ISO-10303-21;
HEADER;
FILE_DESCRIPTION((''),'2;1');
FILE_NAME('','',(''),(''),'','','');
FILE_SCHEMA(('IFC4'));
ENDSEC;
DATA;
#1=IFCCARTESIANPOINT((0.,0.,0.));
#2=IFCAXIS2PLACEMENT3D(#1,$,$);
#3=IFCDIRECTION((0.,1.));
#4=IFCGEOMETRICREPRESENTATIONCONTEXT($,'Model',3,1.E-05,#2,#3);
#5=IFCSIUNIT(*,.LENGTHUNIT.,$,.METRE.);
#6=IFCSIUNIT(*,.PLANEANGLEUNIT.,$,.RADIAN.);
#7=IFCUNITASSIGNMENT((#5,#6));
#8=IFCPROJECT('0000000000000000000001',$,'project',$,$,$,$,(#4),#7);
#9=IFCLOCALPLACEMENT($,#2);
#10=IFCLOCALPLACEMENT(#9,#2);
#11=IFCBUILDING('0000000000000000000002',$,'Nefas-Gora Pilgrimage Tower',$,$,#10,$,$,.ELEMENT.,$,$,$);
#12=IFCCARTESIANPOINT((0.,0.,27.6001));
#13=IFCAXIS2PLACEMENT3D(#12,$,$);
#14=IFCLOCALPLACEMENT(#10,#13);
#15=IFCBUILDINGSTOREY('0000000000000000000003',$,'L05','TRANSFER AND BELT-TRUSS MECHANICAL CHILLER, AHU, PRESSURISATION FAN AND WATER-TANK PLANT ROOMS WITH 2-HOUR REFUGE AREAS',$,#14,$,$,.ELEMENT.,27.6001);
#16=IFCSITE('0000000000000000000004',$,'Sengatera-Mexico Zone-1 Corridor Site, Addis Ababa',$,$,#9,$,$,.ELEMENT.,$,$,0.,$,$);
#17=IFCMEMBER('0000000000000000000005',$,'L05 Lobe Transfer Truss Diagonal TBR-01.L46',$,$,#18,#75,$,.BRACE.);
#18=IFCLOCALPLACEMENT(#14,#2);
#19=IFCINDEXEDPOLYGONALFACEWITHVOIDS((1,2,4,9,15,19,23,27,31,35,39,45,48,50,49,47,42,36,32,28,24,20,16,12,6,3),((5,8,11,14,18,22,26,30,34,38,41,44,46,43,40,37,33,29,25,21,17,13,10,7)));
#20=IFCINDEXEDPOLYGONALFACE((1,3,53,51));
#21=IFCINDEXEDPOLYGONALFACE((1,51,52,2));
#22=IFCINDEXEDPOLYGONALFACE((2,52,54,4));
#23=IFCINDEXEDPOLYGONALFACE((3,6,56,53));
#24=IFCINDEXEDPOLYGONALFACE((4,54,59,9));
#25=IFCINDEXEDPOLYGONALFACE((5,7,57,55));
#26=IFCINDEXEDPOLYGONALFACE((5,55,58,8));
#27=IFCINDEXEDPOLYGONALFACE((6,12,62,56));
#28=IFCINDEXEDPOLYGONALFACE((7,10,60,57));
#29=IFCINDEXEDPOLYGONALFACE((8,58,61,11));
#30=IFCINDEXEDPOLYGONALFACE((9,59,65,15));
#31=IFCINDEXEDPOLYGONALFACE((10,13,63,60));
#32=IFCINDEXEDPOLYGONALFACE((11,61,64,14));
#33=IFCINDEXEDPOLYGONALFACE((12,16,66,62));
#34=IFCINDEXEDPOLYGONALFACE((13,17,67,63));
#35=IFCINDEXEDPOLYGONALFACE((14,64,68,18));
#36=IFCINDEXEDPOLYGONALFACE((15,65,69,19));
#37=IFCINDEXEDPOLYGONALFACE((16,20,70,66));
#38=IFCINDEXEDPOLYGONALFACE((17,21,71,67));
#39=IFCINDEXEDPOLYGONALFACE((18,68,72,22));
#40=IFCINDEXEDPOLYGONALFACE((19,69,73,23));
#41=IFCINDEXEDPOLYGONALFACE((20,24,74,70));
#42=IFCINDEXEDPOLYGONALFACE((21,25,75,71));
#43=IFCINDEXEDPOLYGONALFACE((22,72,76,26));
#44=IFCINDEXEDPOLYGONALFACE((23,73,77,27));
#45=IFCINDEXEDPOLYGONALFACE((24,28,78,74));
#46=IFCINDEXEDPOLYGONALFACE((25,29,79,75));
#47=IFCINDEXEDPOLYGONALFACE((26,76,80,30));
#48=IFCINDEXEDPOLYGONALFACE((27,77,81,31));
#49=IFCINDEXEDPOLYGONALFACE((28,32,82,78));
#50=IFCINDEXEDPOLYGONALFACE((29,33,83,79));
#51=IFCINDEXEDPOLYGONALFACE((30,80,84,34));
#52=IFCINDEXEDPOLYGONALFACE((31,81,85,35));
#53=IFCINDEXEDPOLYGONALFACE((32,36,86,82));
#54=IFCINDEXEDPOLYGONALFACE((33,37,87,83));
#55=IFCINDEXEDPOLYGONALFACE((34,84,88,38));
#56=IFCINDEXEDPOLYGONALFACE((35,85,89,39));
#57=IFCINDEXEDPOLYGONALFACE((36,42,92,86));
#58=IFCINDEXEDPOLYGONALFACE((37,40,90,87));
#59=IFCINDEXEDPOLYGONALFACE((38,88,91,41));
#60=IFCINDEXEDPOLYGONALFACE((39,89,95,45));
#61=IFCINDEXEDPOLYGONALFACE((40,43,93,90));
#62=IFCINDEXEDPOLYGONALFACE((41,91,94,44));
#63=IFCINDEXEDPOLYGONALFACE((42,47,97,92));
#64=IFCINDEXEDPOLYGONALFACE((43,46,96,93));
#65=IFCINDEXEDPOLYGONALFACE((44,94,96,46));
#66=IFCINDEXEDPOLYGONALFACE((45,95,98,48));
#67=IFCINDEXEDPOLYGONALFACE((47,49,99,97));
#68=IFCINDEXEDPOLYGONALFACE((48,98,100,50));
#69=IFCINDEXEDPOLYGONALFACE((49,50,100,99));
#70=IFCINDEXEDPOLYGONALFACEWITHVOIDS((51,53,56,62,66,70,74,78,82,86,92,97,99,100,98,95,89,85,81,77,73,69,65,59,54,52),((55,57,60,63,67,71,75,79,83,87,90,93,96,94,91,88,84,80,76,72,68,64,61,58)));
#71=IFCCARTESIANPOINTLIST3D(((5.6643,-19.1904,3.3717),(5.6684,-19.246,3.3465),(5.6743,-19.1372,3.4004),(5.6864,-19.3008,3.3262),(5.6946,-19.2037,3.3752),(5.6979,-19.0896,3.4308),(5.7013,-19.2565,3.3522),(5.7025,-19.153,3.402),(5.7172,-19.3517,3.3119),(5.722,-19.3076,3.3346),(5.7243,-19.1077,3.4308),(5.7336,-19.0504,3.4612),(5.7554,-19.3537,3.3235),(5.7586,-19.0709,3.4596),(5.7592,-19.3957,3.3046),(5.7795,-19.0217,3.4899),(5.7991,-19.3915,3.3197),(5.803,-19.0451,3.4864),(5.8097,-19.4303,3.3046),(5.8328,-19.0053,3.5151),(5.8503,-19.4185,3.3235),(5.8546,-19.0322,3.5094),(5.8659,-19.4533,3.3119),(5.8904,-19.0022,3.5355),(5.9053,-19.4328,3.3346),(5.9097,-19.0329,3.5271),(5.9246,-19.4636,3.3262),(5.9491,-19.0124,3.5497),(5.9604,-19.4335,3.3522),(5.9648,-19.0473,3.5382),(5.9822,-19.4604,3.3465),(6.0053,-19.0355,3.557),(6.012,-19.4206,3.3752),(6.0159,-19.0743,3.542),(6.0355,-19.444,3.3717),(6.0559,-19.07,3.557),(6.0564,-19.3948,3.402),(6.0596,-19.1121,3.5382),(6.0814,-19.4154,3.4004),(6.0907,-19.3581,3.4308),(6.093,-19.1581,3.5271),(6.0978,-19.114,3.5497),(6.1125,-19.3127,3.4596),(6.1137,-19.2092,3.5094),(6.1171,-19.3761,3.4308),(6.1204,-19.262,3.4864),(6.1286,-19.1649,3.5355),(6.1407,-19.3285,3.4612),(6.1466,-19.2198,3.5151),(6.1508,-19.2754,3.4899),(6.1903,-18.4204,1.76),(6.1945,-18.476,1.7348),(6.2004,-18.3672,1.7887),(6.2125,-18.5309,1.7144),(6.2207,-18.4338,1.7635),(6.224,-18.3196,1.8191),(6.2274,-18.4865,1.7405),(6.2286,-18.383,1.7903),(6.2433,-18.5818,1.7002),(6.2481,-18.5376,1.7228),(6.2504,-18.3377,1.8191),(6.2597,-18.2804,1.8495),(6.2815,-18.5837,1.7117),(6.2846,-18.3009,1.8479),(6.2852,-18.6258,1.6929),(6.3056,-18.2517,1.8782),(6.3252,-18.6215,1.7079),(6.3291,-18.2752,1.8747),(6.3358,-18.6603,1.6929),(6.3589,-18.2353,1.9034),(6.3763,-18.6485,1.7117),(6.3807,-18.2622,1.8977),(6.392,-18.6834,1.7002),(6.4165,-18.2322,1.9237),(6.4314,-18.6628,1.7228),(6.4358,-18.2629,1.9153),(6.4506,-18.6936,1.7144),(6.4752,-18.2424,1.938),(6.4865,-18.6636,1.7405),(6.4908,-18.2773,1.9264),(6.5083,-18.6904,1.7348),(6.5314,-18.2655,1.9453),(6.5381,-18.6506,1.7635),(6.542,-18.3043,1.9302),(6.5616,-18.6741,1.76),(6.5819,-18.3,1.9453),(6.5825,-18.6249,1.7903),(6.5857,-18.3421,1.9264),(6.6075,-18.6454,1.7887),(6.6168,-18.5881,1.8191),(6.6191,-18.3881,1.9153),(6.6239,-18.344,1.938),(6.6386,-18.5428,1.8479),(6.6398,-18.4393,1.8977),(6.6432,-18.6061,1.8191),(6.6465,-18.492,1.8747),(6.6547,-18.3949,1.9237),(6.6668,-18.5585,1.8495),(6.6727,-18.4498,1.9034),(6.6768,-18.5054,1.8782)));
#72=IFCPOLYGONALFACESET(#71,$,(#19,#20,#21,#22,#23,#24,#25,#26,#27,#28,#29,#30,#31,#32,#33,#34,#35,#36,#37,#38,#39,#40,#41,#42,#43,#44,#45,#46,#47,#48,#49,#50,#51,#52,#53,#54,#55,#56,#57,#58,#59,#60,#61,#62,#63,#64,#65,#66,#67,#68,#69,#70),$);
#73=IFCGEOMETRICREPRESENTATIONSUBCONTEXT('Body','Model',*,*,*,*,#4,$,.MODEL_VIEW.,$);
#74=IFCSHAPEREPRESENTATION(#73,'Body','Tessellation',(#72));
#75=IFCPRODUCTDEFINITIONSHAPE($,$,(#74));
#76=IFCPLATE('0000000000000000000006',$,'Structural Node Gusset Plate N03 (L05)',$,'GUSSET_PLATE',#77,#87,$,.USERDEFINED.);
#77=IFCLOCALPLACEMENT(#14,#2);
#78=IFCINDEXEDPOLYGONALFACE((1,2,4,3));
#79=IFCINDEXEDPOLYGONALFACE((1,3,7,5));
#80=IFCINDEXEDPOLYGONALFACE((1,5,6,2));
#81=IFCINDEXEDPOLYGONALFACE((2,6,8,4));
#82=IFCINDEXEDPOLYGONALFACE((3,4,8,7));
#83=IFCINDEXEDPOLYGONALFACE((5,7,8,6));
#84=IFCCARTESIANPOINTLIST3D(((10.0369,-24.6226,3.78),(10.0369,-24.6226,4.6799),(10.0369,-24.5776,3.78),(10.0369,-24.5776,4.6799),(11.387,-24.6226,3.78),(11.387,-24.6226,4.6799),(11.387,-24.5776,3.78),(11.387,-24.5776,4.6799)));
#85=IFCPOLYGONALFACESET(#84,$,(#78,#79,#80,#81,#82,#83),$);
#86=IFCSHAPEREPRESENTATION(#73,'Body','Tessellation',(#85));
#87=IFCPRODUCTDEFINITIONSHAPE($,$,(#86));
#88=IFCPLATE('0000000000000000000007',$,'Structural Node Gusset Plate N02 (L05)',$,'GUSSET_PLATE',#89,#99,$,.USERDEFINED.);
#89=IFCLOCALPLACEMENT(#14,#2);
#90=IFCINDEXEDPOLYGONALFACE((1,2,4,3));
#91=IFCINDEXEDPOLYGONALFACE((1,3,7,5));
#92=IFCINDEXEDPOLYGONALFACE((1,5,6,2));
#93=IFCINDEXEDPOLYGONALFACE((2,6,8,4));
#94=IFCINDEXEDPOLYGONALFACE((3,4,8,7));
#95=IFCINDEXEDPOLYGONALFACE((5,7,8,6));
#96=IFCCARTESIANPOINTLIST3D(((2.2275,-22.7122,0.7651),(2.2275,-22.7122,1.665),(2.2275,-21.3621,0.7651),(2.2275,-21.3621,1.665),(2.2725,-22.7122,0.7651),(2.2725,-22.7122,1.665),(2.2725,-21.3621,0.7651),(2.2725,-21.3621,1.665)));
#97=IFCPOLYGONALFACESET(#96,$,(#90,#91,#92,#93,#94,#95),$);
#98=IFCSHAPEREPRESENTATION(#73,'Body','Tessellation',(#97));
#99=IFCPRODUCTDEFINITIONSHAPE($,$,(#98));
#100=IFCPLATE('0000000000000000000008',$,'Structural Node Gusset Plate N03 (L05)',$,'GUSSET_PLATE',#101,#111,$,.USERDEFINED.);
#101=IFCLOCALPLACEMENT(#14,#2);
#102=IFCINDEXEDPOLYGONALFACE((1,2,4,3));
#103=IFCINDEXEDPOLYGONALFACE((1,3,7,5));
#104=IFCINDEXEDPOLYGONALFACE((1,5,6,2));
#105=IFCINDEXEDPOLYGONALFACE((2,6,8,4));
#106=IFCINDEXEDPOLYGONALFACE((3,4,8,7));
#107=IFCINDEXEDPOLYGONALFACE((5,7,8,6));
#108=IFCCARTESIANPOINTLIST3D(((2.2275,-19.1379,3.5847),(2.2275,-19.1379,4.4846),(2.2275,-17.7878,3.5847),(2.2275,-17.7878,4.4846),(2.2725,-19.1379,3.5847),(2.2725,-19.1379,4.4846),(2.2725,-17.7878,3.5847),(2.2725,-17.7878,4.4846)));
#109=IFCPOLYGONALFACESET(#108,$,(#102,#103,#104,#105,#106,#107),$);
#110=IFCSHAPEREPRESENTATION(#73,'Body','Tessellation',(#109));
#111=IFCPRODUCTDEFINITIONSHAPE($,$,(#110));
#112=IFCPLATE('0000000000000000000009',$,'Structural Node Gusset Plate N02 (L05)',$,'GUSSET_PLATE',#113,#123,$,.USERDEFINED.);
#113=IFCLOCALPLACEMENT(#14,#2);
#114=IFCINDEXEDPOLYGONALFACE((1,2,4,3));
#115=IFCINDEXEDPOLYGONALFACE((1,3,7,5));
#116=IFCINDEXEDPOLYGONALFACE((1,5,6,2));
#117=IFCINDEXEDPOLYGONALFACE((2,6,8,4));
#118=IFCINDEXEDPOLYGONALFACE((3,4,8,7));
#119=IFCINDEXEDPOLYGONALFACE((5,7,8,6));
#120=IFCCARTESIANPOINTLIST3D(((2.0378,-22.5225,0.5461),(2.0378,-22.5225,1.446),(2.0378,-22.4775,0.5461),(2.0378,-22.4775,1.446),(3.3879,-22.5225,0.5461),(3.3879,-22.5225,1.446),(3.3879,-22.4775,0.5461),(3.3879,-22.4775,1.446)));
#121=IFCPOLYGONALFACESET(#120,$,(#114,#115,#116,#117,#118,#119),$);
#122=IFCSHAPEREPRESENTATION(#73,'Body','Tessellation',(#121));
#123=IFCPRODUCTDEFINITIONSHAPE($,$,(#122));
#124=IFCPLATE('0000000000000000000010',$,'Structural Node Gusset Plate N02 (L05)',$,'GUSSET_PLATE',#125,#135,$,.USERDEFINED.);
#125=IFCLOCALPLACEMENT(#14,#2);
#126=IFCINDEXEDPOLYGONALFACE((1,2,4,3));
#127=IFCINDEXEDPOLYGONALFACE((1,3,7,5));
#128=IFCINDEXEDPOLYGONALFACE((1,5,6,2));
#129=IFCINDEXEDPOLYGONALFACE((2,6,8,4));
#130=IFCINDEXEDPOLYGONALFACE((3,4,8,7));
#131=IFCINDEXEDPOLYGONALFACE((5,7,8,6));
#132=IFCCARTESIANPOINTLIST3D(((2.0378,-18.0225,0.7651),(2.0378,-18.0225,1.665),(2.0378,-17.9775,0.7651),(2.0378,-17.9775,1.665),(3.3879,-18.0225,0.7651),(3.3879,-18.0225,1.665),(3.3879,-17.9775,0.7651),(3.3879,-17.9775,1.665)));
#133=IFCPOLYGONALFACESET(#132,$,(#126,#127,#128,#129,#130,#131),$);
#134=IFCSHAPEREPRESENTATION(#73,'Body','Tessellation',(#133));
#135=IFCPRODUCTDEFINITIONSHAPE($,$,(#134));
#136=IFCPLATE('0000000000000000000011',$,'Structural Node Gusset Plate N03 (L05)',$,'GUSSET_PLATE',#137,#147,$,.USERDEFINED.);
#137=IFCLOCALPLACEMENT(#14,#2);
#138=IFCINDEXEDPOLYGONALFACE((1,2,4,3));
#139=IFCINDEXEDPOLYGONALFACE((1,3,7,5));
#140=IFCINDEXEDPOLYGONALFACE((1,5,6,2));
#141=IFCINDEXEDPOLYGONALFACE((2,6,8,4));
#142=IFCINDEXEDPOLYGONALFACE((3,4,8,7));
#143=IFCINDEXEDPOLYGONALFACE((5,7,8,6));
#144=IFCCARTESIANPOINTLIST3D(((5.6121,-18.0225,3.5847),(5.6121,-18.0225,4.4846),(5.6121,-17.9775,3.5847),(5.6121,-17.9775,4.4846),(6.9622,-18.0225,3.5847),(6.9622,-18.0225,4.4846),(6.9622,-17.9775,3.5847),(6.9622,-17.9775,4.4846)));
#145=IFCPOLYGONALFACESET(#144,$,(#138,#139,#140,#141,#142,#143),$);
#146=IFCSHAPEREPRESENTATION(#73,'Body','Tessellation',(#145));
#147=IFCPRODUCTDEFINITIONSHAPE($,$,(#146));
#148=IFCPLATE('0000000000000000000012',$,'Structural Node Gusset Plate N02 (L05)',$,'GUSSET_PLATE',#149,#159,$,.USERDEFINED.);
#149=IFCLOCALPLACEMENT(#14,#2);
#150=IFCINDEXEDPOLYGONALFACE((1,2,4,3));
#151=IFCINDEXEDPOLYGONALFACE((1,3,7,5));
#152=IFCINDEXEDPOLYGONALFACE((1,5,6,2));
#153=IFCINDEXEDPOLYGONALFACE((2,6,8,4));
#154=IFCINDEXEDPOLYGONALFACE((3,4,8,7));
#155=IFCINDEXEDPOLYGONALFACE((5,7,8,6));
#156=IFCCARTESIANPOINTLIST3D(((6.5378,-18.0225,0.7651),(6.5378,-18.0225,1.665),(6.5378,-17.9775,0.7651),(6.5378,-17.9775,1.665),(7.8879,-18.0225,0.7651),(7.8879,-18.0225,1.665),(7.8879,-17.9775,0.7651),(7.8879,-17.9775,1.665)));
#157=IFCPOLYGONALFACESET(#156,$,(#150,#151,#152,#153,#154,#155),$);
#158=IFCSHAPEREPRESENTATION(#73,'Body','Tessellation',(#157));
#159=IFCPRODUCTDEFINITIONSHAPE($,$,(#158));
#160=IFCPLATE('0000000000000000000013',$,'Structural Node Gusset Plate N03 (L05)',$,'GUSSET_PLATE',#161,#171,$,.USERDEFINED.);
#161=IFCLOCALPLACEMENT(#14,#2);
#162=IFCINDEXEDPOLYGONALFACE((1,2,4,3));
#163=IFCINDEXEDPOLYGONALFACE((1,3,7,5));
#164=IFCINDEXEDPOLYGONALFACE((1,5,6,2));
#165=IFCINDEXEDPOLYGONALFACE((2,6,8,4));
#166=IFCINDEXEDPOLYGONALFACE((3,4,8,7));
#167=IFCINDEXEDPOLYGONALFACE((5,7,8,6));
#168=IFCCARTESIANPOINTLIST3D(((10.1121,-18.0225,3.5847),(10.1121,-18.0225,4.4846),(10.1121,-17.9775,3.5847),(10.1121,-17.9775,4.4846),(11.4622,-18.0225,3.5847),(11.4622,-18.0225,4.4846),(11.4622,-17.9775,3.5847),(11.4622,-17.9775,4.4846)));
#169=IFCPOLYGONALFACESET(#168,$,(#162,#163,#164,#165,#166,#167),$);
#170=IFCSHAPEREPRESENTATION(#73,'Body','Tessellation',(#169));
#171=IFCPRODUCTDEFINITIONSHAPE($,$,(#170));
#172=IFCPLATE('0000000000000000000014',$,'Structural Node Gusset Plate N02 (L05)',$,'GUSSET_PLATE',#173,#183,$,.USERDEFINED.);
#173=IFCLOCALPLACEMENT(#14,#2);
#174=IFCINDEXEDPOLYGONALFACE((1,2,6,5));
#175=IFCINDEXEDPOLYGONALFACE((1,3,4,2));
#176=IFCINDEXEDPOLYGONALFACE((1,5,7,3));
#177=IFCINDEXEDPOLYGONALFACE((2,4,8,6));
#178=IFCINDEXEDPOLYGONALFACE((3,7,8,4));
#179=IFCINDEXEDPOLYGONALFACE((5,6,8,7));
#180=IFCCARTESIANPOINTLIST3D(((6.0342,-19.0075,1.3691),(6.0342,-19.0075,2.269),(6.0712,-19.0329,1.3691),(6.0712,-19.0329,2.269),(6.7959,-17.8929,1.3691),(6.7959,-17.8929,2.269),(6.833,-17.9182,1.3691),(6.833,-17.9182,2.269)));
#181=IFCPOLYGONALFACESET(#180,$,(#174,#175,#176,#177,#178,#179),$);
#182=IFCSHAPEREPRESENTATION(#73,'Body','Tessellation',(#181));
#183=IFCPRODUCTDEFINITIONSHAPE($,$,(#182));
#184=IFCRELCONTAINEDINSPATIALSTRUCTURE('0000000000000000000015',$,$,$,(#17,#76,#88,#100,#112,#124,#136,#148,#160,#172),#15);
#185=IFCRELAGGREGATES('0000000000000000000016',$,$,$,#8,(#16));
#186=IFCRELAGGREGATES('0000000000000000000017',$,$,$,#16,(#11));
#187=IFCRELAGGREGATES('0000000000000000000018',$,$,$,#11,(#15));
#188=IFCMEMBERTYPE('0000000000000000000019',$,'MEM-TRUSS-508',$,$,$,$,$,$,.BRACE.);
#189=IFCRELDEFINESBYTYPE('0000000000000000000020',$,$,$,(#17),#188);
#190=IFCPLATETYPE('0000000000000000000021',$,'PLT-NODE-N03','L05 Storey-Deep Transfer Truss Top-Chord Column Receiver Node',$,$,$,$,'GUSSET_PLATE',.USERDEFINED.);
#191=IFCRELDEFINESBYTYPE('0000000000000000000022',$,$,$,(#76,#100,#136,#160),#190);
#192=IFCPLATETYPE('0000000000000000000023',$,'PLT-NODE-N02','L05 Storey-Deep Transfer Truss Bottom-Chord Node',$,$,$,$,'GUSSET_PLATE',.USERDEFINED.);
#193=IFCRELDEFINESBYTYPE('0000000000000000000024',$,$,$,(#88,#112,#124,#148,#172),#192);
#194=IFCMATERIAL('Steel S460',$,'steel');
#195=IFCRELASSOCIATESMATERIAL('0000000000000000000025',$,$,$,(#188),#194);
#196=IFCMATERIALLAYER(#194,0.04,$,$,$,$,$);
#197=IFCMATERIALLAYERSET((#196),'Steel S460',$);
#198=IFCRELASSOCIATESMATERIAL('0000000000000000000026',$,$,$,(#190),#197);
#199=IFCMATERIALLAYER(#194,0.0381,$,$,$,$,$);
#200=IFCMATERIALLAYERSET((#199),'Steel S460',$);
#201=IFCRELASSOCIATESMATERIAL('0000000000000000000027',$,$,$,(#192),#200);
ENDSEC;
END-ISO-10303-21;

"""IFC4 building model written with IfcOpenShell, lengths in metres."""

from ifc_helpers import new_model, si_unit, direction, frame, origin, origin_2d, place, context, subcontext, project, spatial, rectangle, hollow_circle, extrude, source, transform, mapped, material, layer, layer_set, material_profile, profile_set, type_object, element, save


model = new_model("IFC4")

# Units and contexts
model_context = context("Model", 3, precision=1e-05, world=origin(), true_north=direction((0.0, 1.0)))
body_context = subcontext(model_context, "Body", "Model", "MODEL_VIEW")
ifc_project = project(units=[si_unit("LENGTHUNIT", "METRE"), si_unit("PLANEANGLEUNIT", "RADIAN")], contexts=[model_context])

# Site, building, storey
site_placement = place(None, origin())
site = spatial("IfcSite", under=ifc_project, at=site_placement, Name="Sengatera-Mexico Zone-1 Corridor Site, Addis Ababa", CompositionType="ELEMENT", RefElevation=0.0)
building_placement = place(site_placement, origin())
building = spatial("IfcBuilding", under=site, at=building_placement, Name="Nefas-Gora Pilgrimage Tower", CompositionType="ELEMENT")
storey_placement = place(building_placement, frame((0.0, 0.0, 27.6001)))
storey = spatial("IfcBuildingStorey", under=building, at=storey_placement, Name="L05", Description="TRANSFER AND BELT-TRUSS MECHANICAL CHILLER, AHU, PRESSURISATION FAN AND WATER-TANK PLANT ROOMS WITH 2-HOUR REFUGE AREAS", CompositionType="ELEMENT", Elevation=27.6001)

# Shared definitions
ifc_material_1 = material(Name="Steel S460", Category="steel")

# Shared definitions
ifc_material_profile_1 = material_profile(ifc_material_1, hollow_circle(Radius=0.2539, WallThickness=0.032, at=origin_2d()), Name="CHS 508x32")
ifc_profile_set_1 = profile_set([ifc_material_profile_1], Name="Steel S460")
member_type = type_object("IfcMemberType", Name="MEM-TRUSS-508", PredefinedType="BRACE", material=ifc_profile_set_1)

# Member
shared_shape_1 = source(origin(), body_context, "Body", "SweptSolid", [
    extrude(hollow_circle(Radius=0.2539, WallThickness=0.032, at=origin_2d()), origin(), (0.0, 0.0, 1.0), 1.8621),
])
member_1_placement = place(storey_placement, frame((6.4336, -18.4629, 1.8191), z_axis=(-0.282532, -0.413506, 0.865557), x_axis=(0.825673, -0.564149, 0.0)))
element("IfcMember", 1, at=member_1_placement, inside=storey, type_object=member_type, Name="L05 Lobe Transfer Truss Diagonal TBR-01.L46", PredefinedType="BRACE", context=body_context, shape_type="MappedRepresentation", body=[
    mapped(shared_shape_1, transform((0.0, 0.0, 0.0), x_axis=(1.0, 0.0, 0.0), y_axis=(0.0, 1.0, 0.0), z_axis=(0.0, 0.0, 1.0), scale=1.0)),
])

# Plates
ifc_layer_1 = layer(ifc_material_1, 0.04)
ifc_layer_set_1 = layer_set([ifc_layer_1], Name="Steel S460")
plate_type_1 = type_object("IfcPlateType", Name="PLT-NODE-N03", Description="L05 Storey-Deep Transfer Truss Top-Chord Column Receiver Node", ElementType="GUSSET_PLATE", PredefinedType="USERDEFINED", material=ifc_layer_set_1)
shared_shape_2 = source(origin(), body_context, "Body", "SweptSolid", [
    extrude(rectangle(XDim=1.3501, YDim=0.0449, at=origin_2d()), origin(), (0.0, 0.0, 1.0), 0.8999),
])
plate_1_placement = place(storey_placement, frame((10.7119, -24.6001, 3.78), z_axis=(0.0, 0.0, 1.0), x_axis=(1.0, 0.0, 0.0)))
element("IfcPlate", 2, at=plate_1_placement, inside=storey, type_object=plate_type_1, Name="Structural Node Gusset Plate N03 (L05)", ObjectType="GUSSET_PLATE", PredefinedType="USERDEFINED", context=body_context, shape_type="MappedRepresentation", body=[
    mapped(shared_shape_2, transform((0.0, 0.0, 0.0), x_axis=(1.0, 0.0, 0.0), y_axis=(0.0, 1.0, 0.0), z_axis=(0.0, 0.0, 1.0), scale=1.0)),
])
ifc_layer_2 = layer(ifc_material_1, 0.0381)
ifc_layer_set_2 = layer_set([ifc_layer_2], Name="Steel S460")
plate_type_2 = type_object("IfcPlateType", Name="PLT-NODE-N02", Description="L05 Storey-Deep Transfer Truss Bottom-Chord Node", ElementType="GUSSET_PLATE", PredefinedType="USERDEFINED", material=ifc_layer_set_2)
plate_2_placement = place(storey_placement, frame((2.25, -22.0371, 0.7651), z_axis=(0.0, 0.0, 1.0), x_axis=(0.0, 1.0, 0.0)))
element("IfcPlate", 3, at=plate_2_placement, inside=storey, type_object=plate_type_2, Name="Structural Node Gusset Plate N02 (L05)", ObjectType="GUSSET_PLATE", PredefinedType="USERDEFINED", context=body_context, shape_type="MappedRepresentation", body=[
    mapped(shared_shape_2, transform((0.0, 0.0, 0.0), x_axis=(1.0, 0.0, 0.0), y_axis=(0.0, 1.0, 0.0), z_axis=(0.0, 0.0, 1.0), scale=1.0)),
])
plate_3_placement = place(storey_placement, frame((2.25, -18.4629, 3.5847), z_axis=(0.0, 0.0, 1.0), x_axis=(0.0, 1.0, 0.0)))
element("IfcPlate", 4, at=plate_3_placement, inside=storey, type_object=plate_type_1, Name="Structural Node Gusset Plate N03 (L05)", ObjectType="GUSSET_PLATE", PredefinedType="USERDEFINED", context=body_context, shape_type="MappedRepresentation", body=[
    mapped(shared_shape_2, transform((0.0, 0.0, 0.0), x_axis=(1.0, 0.0, 0.0), y_axis=(0.0, 1.0, 0.0), z_axis=(0.0, 0.0, 1.0), scale=1.0)),
])
for number, where, z_axis, x_axis, name in (
    (5, (2.7129, -22.5, 0.5461), (0.0, 0.0, 1.0), (1.0, 0.0, 0.0), "Structural Node Gusset Plate N02 (L05)"),
    (6, (2.7129, -18.0, 0.7651), (0.0, 0.0, 1.0), (1.0, 0.0, 0.0), "Structural Node Gusset Plate N02 (L05)"),
):
    element("IfcPlate", number, at=place(storey_placement, frame(where, z_axis=z_axis, x_axis=x_axis)), inside=storey, type_object=plate_type_2, Name=name, ObjectType="GUSSET_PLATE", PredefinedType="USERDEFINED", context=body_context, shape_type="MappedRepresentation", body=[
        mapped(shared_shape_2, transform((0.0, 0.0, 0.0), x_axis=(1.0, 0.0, 0.0), y_axis=(0.0, 1.0, 0.0), z_axis=(0.0, 0.0, 1.0), scale=1.0)),
    ])
plate_4_placement = place(storey_placement, frame((6.2871, -18.0, 3.5847), z_axis=(0.0, 0.0, 1.0), x_axis=(1.0, 0.0, 0.0)))
element("IfcPlate", 7, at=plate_4_placement, inside=storey, type_object=plate_type_1, Name="Structural Node Gusset Plate N03 (L05)", ObjectType="GUSSET_PLATE", PredefinedType="USERDEFINED", context=body_context, shape_type="MappedRepresentation", body=[
    mapped(shared_shape_2, transform((0.0, 0.0, 0.0), x_axis=(1.0, 0.0, 0.0), y_axis=(0.0, 1.0, 0.0), z_axis=(0.0, 0.0, 1.0), scale=1.0)),
])
plate_5_placement = place(storey_placement, frame((7.2129, -18.0, 0.7651), z_axis=(0.0, 0.0, 1.0), x_axis=(1.0, 0.0, 0.0)))
element("IfcPlate", 8, at=plate_5_placement, inside=storey, type_object=plate_type_2, Name="Structural Node Gusset Plate N02 (L05)", ObjectType="GUSSET_PLATE", PredefinedType="USERDEFINED", context=body_context, shape_type="MappedRepresentation", body=[
    mapped(shared_shape_2, transform((0.0, 0.0, 0.0), x_axis=(1.0, 0.0, 0.0), y_axis=(0.0, 1.0, 0.0), z_axis=(0.0, 0.0, 1.0), scale=1.0)),
])
plate_6_placement = place(storey_placement, frame((10.7871, -18.0, 3.5847), z_axis=(0.0, 0.0, 1.0), x_axis=(1.0, 0.0, 0.0)))
element("IfcPlate", 9, at=plate_6_placement, inside=storey, type_object=plate_type_1, Name="Structural Node Gusset Plate N03 (L05)", ObjectType="GUSSET_PLATE", PredefinedType="USERDEFINED", context=body_context, shape_type="MappedRepresentation", body=[
    mapped(shared_shape_2, transform((0.0, 0.0, 0.0), x_axis=(1.0, 0.0, 0.0), y_axis=(0.0, 1.0, 0.0), z_axis=(0.0, 0.0, 1.0), scale=1.0)),
])
plate_7_placement = place(storey_placement, frame((6.4336, -18.4629, 1.3691), z_axis=(0.0, 0.0, 1.0), x_axis=(-0.564247, -0.825606, 0.0)))
element("IfcPlate", 10, at=plate_7_placement, inside=storey, type_object=plate_type_2, Name="Structural Node Gusset Plate N02 (L05)", ObjectType="GUSSET_PLATE", PredefinedType="USERDEFINED", context=body_context, shape_type="MappedRepresentation", body=[
    mapped(shared_shape_2, transform((0.0, 0.0, 0.0), x_axis=(1.0, 0.0, 0.0), y_axis=(0.0, 1.0, 0.0), z_axis=(0.0, 0.0, 1.0), scale=1.0)),
])

save(model, "model.ifc")
